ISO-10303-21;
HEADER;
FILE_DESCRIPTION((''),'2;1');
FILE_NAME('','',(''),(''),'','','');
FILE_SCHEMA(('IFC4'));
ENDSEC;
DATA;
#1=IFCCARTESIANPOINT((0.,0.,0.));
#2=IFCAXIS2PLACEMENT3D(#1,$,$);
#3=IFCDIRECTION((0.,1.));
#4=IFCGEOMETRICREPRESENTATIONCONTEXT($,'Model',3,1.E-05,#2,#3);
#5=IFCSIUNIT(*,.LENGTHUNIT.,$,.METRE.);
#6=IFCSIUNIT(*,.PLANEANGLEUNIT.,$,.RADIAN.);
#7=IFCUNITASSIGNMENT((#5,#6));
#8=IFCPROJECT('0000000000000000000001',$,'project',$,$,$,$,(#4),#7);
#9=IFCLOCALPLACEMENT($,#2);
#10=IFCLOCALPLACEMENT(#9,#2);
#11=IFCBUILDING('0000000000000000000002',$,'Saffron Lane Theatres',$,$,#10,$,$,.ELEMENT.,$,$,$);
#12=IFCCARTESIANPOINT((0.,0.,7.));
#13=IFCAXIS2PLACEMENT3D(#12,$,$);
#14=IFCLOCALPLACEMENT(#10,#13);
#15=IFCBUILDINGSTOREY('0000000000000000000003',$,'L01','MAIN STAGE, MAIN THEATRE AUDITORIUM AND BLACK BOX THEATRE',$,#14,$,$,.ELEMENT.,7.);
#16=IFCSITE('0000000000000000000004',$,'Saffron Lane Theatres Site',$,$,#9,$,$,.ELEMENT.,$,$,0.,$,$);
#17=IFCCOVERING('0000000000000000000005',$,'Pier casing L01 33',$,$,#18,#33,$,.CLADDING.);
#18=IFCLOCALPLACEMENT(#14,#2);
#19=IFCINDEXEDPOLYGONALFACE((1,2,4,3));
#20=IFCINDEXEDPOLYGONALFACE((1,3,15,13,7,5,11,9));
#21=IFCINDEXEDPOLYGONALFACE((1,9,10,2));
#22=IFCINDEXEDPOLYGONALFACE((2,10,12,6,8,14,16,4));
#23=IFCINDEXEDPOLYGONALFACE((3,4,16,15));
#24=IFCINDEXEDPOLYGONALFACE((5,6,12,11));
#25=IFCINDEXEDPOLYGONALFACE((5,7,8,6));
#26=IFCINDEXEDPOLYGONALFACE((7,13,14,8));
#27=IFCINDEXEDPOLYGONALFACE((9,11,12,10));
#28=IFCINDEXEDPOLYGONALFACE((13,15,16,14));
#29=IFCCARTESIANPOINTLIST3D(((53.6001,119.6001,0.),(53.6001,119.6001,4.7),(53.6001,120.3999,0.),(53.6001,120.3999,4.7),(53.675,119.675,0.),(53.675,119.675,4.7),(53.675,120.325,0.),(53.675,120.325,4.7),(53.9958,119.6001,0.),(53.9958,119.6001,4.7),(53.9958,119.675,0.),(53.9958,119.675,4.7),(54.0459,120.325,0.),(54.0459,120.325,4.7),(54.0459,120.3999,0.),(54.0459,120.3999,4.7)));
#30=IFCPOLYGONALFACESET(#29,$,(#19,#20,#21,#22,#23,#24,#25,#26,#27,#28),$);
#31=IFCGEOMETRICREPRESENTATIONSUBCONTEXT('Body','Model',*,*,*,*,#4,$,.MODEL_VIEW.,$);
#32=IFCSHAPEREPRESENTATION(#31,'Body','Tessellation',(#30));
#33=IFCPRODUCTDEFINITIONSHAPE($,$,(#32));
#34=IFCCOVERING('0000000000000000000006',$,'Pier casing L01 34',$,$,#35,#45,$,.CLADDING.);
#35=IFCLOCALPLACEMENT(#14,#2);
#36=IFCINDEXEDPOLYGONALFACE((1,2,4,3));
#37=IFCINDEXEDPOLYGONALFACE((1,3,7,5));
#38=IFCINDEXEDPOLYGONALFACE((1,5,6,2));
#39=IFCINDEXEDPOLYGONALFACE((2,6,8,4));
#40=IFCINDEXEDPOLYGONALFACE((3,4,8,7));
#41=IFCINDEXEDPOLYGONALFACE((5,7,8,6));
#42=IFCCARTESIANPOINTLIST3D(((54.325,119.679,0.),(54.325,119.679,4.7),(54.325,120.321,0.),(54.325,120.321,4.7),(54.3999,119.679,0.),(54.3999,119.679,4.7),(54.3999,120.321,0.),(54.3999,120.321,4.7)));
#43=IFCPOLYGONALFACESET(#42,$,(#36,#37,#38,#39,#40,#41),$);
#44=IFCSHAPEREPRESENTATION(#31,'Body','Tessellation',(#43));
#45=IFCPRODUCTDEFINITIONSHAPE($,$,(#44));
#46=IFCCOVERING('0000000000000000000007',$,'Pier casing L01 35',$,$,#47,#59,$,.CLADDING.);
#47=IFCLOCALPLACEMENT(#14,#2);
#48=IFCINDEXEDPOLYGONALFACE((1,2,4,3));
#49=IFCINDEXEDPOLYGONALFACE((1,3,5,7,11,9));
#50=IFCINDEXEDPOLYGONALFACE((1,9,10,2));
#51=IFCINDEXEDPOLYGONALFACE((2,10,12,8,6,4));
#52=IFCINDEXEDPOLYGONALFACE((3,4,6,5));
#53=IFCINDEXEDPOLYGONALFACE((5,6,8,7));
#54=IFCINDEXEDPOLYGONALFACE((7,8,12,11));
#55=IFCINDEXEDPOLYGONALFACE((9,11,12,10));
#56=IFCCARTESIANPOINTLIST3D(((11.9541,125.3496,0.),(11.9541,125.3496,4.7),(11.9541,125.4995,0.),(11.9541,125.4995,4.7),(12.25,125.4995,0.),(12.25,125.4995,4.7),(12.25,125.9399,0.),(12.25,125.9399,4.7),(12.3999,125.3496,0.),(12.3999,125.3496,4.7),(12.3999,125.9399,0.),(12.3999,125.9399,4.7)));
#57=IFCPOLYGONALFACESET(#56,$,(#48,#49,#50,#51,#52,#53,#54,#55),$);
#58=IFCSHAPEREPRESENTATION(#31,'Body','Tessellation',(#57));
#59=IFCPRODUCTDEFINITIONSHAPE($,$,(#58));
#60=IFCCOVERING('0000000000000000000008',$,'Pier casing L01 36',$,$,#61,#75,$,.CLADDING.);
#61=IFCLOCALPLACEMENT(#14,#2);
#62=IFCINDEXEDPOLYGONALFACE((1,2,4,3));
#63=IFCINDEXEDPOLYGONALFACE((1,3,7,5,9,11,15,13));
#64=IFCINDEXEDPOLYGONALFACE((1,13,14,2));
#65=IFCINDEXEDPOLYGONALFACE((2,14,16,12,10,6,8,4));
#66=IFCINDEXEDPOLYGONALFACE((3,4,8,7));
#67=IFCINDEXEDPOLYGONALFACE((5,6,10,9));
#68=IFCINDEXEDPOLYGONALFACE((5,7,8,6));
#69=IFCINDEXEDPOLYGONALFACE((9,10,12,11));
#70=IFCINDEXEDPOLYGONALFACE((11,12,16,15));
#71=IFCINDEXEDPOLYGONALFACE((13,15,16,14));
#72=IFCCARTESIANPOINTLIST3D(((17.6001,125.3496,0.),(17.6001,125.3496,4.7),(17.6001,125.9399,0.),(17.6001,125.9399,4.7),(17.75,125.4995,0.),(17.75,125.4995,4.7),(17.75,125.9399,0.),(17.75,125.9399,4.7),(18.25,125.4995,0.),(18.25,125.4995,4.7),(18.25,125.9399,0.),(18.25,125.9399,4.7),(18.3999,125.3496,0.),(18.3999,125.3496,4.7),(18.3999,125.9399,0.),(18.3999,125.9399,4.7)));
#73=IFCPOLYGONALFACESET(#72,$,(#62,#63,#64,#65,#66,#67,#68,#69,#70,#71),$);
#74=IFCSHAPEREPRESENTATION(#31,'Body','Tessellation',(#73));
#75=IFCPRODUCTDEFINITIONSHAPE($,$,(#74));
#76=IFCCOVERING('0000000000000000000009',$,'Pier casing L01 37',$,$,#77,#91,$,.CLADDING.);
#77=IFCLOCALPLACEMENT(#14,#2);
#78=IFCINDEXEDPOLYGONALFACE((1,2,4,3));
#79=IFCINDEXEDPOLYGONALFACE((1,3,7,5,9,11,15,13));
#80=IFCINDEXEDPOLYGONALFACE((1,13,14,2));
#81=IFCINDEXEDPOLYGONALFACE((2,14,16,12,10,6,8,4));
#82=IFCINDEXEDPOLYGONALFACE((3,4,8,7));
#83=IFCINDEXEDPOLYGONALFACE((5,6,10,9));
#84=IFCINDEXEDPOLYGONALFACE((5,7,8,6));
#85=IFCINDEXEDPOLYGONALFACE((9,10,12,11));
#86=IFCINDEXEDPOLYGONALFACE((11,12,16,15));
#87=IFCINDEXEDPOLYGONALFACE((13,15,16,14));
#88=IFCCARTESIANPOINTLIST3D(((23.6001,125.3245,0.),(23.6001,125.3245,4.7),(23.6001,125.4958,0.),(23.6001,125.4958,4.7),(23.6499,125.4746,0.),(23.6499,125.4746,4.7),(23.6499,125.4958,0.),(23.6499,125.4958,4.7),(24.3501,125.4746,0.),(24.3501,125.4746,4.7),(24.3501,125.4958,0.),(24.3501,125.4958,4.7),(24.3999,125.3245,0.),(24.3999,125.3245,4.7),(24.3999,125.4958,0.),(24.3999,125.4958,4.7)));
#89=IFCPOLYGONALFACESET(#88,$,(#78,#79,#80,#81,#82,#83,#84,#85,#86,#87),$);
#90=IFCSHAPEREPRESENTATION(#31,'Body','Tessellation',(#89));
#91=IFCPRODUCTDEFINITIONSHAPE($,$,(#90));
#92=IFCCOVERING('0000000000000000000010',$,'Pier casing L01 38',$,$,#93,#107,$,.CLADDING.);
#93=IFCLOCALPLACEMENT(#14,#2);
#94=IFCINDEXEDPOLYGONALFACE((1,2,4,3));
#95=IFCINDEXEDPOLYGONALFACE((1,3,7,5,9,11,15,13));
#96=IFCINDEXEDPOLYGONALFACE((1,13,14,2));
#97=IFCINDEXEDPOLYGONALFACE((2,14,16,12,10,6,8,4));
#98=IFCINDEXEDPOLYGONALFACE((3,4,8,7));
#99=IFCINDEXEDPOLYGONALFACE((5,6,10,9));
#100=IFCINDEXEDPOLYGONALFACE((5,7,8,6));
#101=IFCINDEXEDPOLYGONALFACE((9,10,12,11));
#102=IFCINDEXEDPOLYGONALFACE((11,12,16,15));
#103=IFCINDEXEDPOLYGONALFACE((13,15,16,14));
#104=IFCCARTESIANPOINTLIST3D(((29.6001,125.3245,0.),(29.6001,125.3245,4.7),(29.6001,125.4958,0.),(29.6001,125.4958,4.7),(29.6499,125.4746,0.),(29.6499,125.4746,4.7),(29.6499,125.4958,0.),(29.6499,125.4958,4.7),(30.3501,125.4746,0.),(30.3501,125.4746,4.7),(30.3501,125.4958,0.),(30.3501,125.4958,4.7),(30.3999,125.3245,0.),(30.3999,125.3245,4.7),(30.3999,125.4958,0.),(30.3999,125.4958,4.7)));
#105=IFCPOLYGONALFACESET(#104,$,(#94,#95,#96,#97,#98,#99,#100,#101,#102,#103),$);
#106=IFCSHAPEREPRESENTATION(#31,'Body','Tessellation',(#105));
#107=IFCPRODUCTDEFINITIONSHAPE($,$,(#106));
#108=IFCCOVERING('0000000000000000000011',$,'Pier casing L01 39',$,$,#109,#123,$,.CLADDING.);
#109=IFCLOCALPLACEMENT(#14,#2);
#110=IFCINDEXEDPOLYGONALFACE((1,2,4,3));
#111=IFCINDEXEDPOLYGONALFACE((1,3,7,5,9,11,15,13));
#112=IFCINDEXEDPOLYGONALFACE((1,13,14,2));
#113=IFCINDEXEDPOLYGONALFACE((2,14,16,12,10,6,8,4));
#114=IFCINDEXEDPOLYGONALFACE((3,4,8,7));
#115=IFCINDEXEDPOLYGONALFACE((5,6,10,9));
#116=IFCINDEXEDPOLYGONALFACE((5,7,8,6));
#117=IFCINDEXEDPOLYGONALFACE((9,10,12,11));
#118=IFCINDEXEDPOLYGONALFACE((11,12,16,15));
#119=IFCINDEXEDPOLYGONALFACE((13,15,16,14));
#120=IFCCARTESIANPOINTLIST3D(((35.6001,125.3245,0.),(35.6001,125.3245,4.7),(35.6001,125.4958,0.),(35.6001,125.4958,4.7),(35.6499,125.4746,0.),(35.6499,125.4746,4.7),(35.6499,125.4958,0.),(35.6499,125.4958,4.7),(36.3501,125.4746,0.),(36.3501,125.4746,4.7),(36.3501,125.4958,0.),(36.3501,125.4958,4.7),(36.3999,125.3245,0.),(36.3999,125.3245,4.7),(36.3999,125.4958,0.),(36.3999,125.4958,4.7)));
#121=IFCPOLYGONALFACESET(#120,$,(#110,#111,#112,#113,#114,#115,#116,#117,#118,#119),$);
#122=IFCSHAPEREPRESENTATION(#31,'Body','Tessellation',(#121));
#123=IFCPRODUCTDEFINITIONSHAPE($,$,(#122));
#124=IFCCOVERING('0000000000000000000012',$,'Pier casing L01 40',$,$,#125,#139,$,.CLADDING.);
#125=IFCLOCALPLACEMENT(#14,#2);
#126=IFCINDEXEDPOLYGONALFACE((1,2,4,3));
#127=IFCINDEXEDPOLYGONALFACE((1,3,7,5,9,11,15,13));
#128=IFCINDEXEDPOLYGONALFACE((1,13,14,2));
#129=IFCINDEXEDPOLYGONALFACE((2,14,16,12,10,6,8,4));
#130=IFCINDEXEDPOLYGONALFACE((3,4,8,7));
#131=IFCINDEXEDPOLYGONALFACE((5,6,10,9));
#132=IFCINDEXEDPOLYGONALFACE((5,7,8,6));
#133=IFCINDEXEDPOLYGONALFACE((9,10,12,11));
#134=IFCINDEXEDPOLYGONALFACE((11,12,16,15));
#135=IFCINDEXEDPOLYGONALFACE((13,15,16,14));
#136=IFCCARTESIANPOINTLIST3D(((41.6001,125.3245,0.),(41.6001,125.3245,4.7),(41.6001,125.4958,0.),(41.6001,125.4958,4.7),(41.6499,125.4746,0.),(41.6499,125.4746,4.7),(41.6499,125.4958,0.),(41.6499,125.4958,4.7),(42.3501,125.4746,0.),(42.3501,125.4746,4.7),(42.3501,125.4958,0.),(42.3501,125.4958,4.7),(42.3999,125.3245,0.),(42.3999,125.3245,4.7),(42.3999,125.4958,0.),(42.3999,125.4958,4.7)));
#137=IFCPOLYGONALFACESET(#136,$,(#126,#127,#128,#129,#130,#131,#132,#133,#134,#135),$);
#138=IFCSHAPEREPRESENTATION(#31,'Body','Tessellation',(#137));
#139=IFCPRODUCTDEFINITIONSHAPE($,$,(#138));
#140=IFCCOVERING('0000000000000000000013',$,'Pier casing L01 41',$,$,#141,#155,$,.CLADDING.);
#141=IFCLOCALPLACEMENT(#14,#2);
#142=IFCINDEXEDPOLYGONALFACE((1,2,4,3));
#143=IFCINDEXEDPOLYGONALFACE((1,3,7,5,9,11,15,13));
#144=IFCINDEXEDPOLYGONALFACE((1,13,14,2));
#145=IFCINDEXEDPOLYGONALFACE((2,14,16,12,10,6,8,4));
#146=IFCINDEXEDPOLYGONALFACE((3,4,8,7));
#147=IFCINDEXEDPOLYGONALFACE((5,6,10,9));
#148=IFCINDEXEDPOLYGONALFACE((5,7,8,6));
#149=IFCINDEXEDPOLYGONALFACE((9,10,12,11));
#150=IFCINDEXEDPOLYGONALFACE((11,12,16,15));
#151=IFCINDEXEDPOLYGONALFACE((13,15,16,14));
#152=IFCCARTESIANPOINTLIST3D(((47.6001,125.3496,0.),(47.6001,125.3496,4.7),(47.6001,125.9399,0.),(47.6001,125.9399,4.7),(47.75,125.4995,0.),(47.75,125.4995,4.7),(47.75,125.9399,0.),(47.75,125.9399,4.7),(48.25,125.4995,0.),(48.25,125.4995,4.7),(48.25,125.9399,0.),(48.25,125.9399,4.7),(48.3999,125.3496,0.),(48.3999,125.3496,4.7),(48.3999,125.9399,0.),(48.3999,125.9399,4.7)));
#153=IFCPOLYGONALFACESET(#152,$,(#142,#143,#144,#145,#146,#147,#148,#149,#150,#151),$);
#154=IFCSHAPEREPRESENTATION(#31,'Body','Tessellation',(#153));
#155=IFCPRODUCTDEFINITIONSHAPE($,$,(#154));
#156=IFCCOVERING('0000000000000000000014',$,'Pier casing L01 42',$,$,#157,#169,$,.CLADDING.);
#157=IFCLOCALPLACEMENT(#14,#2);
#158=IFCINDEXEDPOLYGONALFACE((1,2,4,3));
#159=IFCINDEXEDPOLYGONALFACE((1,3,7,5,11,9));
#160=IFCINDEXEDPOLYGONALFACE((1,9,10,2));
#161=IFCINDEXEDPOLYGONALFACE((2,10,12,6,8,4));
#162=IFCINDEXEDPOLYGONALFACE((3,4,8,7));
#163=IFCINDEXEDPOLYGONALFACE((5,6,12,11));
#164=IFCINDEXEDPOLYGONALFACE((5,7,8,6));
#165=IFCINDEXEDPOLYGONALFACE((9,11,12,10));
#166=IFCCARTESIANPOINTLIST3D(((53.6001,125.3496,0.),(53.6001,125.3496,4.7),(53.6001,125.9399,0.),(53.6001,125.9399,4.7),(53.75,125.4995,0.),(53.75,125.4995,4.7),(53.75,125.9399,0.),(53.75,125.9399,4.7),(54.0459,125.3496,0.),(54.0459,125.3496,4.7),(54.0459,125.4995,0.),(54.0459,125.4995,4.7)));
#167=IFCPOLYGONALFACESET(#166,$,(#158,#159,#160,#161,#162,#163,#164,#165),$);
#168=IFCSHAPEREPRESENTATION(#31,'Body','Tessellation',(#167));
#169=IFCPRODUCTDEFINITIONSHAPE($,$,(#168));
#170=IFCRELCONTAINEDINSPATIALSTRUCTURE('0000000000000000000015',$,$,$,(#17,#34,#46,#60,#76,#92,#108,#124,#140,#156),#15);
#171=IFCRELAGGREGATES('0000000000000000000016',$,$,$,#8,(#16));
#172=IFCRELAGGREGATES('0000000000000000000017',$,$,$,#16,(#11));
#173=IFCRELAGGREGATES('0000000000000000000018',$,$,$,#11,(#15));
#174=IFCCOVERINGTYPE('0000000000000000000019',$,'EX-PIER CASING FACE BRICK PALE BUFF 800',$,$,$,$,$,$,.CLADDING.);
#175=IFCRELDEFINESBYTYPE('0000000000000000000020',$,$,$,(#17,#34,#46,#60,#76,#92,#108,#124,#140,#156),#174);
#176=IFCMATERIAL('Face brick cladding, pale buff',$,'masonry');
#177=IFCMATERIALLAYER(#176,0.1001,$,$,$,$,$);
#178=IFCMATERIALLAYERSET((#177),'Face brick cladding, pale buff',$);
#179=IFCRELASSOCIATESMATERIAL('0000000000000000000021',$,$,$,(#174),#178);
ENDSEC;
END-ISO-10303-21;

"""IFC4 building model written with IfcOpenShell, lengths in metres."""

from ifc_helpers import new_model, si_unit, direction, frame, origin, place, context, subcontext, project, spatial, polyline, outline, extrude, material, layer, layer_set, type_object, element, save


model = new_model("IFC4")

# Units and contexts
model_context = context("Model", 3, precision=1e-05, world=origin(), true_north=direction((0.0, 1.0)))
body_context = subcontext(model_context, "Body", "Model", "MODEL_VIEW")
ifc_project = project(units=[si_unit("LENGTHUNIT", "METRE"), si_unit("PLANEANGLEUNIT", "RADIAN")], contexts=[model_context])

# Site, building, storey
site_placement = place(None, origin())
site = spatial("IfcSite", under=ifc_project, at=site_placement, Name="Saffron Lane Theatres Site", CompositionType="ELEMENT", RefElevation=0.0)
building_placement = place(site_placement, origin())
building = spatial("IfcBuilding", under=site, at=building_placement, Name="Saffron Lane Theatres", CompositionType="ELEMENT")
storey_placement = place(building_placement, frame((0.0, 0.0, 7.0)))
storey = spatial("IfcBuildingStorey", under=building, at=storey_placement, Name="L01", Description="MAIN STAGE, MAIN THEATRE AUDITORIUM AND BLACK BOX THEATRE", CompositionType="ELEMENT", Elevation=7.0)

# Coverings
ifc_material_1 = material(Name="Face brick cladding, pale buff", Category="masonry")
ifc_layer_1 = layer(ifc_material_1, 0.1001)
ifc_layer_set_1 = layer_set([ifc_layer_1], Name="Face brick cladding, pale buff")
covering_type = type_object("IfcCoveringType", Name="EX-PIER CASING FACE BRICK PALE BUFF 800", PredefinedType="CLADDING", material=ifc_layer_set_1)
covering_1_placement = place(storey_placement, origin())
element("IfcCovering", 1, at=covering_1_placement, inside=storey, type_object=covering_type, Name="Pier casing L01 33", PredefinedType="CLADDING", context=body_context, shape_type="SweptSolid", body=[
    extrude(outline(polyline([(54.0459, 120.3999), (53.6001, 120.3999), (53.6001, 119.6001), (53.9958, 119.6001), (53.9958, 119.675), (53.675, 119.675), (53.675, 120.325), (54.0459, 120.325), (54.0459, 120.3999)])), origin(), (0.0, 0.0, 1.0), 4.7),
])
covering_2_placement = place(storey_placement, origin())
element("IfcCovering", 2, at=covering_2_placement, inside=storey, type_object=covering_type, Name="Pier casing L01 34", PredefinedType="CLADDING", context=body_context, shape_type="SweptSolid", body=[
    extrude(outline(polyline([(54.3999, 119.679), (54.3999, 120.321), (54.325, 120.321), (54.325, 119.679), (54.3999, 119.679), (54.3999, 119.679)])), origin(), (0.0, 0.0, 1.0), 4.7),
])
covering_3_placement = place(storey_placement, origin())
element("IfcCovering", 3, at=covering_3_placement, inside=storey, type_object=covering_type, Name="Pier casing L01 35", PredefinedType="CLADDING", context=body_context, shape_type="SweptSolid", body=[
    extrude(outline(polyline([(12.25, 125.4995), (11.9541, 125.4995), (11.9541, 125.3496), (12.3999, 125.3496), (12.3999, 125.9399), (12.25, 125.9399), (12.25, 125.4995)])), origin(), (0.0, 0.0, 1.0), 4.7),
])
covering_4_placement = place(storey_placement, origin())
element("IfcCovering", 4, at=covering_4_placement, inside=storey, type_object=covering_type, Name="Pier casing L01 36", PredefinedType="CLADDING", context=body_context, shape_type="SweptSolid", body=[
    extrude(outline(polyline([(17.6001, 125.9399), (17.6001, 125.3496), (18.3999, 125.3496), (18.3999, 125.9399), (18.25, 125.9399), (18.25, 125.4995), (17.75, 125.4995), (17.75, 125.9399), (17.6001, 125.9399)])), origin(), (0.0, 0.0, 1.0), 4.7),
])
covering_5_placement = place(storey_placement, origin())
element("IfcCovering", 5, at=covering_5_placement, inside=storey, type_object=covering_type, Name="Pier casing L01 37", PredefinedType="CLADDING", context=body_context, shape_type="SweptSolid", body=[
    extrude(outline(polyline([(23.6001, 125.4958), (23.6001, 125.3245), (24.3999, 125.3245), (24.3999, 125.4958), (24.3501, 125.4958), (24.3501, 125.4958), (24.3501, 125.4746), (23.6499, 125.4746), (23.6499, 125.4958), (23.6499, 125.4958), (23.6001, 125.4958)])), origin(), (0.0, 0.0, 1.0), 4.7),
])
covering_6_placement = place(storey_placement, origin())
element("IfcCovering", 6, at=covering_6_placement, inside=storey, type_object=covering_type, Name="Pier casing L01 38", PredefinedType="CLADDING", context=body_context, shape_type="SweptSolid", body=[
    extrude(outline(polyline([(29.6001, 125.4958), (29.6001, 125.3245), (30.3999, 125.3245), (30.3999, 125.4958), (30.3501, 125.4958), (30.3501, 125.4958), (30.3501, 125.4746), (29.6499, 125.4746), (29.6499, 125.4958), (29.6499, 125.4958), (29.6001, 125.4958)])), origin(), (0.0, 0.0, 1.0), 4.7),
])
covering_7_placement = place(storey_placement, origin())
element("IfcCovering", 7, at=covering_7_placement, inside=storey, type_object=covering_type, Name="Pier casing L01 39", PredefinedType="CLADDING", context=body_context, shape_type="SweptSolid", body=[
    extrude(outline(polyline([(35.6001, 125.4958), (35.6001, 125.3245), (36.3999, 125.3245), (36.3999, 125.4958), (36.3501, 125.4958), (36.3501, 125.4958), (36.3501, 125.4746), (35.6499, 125.4746), (35.6499, 125.4958), (35.6499, 125.4958), (35.6001, 125.4958)])), origin(), (0.0, 0.0, 1.0), 4.7),
])
covering_8_placement = place(storey_placement, origin())
element("IfcCovering", 8, at=covering_8_placement, inside=storey, type_object=covering_type, Name="Pier casing L01 40", PredefinedType="CLADDING", context=body_context, shape_type="SweptSolid", body=[
    extrude(outline(polyline([(41.6001, 125.4958), (41.6001, 125.3245), (42.3999, 125.3245), (42.3999, 125.4958), (42.3501, 125.4958), (42.3501, 125.4958), (42.3501, 125.4746), (41.6499, 125.4746), (41.6499, 125.4958), (41.6499, 125.4958), (41.6001, 125.4958)])), origin(), (0.0, 0.0, 1.0), 4.7),
])
covering_9_placement = place(storey_placement, origin())
element("IfcCovering", 9, at=covering_9_placement, inside=storey, type_object=covering_type, Name="Pier casing L01 41", PredefinedType="CLADDING", context=body_context, shape_type="SweptSolid", body=[
    extrude(outline(polyline([(47.6001, 125.9399), (47.6001, 125.3496), (48.3999, 125.3496), (48.3999, 125.9399), (48.25, 125.9399), (48.25, 125.4995), (47.75, 125.4995), (47.75, 125.9399), (47.6001, 125.9399)])), origin(), (0.0, 0.0, 1.0), 4.7),
])
covering_10_placement = place(storey_placement, origin())
element("IfcCovering", 10, at=covering_10_placement, inside=storey, type_object=covering_type, Name="Pier casing L01 42", PredefinedType="CLADDING", context=body_context, shape_type="SweptSolid", body=[
    extrude(outline(polyline([(53.6001, 125.9399), (53.6001, 125.3496), (54.0459, 125.3496), (54.0459, 125.4995), (53.75, 125.4995), (53.75, 125.9399), (53.6001, 125.9399)])), origin(), (0.0, 0.0, 1.0), 4.7),
])

save(model, "model.ifc")
